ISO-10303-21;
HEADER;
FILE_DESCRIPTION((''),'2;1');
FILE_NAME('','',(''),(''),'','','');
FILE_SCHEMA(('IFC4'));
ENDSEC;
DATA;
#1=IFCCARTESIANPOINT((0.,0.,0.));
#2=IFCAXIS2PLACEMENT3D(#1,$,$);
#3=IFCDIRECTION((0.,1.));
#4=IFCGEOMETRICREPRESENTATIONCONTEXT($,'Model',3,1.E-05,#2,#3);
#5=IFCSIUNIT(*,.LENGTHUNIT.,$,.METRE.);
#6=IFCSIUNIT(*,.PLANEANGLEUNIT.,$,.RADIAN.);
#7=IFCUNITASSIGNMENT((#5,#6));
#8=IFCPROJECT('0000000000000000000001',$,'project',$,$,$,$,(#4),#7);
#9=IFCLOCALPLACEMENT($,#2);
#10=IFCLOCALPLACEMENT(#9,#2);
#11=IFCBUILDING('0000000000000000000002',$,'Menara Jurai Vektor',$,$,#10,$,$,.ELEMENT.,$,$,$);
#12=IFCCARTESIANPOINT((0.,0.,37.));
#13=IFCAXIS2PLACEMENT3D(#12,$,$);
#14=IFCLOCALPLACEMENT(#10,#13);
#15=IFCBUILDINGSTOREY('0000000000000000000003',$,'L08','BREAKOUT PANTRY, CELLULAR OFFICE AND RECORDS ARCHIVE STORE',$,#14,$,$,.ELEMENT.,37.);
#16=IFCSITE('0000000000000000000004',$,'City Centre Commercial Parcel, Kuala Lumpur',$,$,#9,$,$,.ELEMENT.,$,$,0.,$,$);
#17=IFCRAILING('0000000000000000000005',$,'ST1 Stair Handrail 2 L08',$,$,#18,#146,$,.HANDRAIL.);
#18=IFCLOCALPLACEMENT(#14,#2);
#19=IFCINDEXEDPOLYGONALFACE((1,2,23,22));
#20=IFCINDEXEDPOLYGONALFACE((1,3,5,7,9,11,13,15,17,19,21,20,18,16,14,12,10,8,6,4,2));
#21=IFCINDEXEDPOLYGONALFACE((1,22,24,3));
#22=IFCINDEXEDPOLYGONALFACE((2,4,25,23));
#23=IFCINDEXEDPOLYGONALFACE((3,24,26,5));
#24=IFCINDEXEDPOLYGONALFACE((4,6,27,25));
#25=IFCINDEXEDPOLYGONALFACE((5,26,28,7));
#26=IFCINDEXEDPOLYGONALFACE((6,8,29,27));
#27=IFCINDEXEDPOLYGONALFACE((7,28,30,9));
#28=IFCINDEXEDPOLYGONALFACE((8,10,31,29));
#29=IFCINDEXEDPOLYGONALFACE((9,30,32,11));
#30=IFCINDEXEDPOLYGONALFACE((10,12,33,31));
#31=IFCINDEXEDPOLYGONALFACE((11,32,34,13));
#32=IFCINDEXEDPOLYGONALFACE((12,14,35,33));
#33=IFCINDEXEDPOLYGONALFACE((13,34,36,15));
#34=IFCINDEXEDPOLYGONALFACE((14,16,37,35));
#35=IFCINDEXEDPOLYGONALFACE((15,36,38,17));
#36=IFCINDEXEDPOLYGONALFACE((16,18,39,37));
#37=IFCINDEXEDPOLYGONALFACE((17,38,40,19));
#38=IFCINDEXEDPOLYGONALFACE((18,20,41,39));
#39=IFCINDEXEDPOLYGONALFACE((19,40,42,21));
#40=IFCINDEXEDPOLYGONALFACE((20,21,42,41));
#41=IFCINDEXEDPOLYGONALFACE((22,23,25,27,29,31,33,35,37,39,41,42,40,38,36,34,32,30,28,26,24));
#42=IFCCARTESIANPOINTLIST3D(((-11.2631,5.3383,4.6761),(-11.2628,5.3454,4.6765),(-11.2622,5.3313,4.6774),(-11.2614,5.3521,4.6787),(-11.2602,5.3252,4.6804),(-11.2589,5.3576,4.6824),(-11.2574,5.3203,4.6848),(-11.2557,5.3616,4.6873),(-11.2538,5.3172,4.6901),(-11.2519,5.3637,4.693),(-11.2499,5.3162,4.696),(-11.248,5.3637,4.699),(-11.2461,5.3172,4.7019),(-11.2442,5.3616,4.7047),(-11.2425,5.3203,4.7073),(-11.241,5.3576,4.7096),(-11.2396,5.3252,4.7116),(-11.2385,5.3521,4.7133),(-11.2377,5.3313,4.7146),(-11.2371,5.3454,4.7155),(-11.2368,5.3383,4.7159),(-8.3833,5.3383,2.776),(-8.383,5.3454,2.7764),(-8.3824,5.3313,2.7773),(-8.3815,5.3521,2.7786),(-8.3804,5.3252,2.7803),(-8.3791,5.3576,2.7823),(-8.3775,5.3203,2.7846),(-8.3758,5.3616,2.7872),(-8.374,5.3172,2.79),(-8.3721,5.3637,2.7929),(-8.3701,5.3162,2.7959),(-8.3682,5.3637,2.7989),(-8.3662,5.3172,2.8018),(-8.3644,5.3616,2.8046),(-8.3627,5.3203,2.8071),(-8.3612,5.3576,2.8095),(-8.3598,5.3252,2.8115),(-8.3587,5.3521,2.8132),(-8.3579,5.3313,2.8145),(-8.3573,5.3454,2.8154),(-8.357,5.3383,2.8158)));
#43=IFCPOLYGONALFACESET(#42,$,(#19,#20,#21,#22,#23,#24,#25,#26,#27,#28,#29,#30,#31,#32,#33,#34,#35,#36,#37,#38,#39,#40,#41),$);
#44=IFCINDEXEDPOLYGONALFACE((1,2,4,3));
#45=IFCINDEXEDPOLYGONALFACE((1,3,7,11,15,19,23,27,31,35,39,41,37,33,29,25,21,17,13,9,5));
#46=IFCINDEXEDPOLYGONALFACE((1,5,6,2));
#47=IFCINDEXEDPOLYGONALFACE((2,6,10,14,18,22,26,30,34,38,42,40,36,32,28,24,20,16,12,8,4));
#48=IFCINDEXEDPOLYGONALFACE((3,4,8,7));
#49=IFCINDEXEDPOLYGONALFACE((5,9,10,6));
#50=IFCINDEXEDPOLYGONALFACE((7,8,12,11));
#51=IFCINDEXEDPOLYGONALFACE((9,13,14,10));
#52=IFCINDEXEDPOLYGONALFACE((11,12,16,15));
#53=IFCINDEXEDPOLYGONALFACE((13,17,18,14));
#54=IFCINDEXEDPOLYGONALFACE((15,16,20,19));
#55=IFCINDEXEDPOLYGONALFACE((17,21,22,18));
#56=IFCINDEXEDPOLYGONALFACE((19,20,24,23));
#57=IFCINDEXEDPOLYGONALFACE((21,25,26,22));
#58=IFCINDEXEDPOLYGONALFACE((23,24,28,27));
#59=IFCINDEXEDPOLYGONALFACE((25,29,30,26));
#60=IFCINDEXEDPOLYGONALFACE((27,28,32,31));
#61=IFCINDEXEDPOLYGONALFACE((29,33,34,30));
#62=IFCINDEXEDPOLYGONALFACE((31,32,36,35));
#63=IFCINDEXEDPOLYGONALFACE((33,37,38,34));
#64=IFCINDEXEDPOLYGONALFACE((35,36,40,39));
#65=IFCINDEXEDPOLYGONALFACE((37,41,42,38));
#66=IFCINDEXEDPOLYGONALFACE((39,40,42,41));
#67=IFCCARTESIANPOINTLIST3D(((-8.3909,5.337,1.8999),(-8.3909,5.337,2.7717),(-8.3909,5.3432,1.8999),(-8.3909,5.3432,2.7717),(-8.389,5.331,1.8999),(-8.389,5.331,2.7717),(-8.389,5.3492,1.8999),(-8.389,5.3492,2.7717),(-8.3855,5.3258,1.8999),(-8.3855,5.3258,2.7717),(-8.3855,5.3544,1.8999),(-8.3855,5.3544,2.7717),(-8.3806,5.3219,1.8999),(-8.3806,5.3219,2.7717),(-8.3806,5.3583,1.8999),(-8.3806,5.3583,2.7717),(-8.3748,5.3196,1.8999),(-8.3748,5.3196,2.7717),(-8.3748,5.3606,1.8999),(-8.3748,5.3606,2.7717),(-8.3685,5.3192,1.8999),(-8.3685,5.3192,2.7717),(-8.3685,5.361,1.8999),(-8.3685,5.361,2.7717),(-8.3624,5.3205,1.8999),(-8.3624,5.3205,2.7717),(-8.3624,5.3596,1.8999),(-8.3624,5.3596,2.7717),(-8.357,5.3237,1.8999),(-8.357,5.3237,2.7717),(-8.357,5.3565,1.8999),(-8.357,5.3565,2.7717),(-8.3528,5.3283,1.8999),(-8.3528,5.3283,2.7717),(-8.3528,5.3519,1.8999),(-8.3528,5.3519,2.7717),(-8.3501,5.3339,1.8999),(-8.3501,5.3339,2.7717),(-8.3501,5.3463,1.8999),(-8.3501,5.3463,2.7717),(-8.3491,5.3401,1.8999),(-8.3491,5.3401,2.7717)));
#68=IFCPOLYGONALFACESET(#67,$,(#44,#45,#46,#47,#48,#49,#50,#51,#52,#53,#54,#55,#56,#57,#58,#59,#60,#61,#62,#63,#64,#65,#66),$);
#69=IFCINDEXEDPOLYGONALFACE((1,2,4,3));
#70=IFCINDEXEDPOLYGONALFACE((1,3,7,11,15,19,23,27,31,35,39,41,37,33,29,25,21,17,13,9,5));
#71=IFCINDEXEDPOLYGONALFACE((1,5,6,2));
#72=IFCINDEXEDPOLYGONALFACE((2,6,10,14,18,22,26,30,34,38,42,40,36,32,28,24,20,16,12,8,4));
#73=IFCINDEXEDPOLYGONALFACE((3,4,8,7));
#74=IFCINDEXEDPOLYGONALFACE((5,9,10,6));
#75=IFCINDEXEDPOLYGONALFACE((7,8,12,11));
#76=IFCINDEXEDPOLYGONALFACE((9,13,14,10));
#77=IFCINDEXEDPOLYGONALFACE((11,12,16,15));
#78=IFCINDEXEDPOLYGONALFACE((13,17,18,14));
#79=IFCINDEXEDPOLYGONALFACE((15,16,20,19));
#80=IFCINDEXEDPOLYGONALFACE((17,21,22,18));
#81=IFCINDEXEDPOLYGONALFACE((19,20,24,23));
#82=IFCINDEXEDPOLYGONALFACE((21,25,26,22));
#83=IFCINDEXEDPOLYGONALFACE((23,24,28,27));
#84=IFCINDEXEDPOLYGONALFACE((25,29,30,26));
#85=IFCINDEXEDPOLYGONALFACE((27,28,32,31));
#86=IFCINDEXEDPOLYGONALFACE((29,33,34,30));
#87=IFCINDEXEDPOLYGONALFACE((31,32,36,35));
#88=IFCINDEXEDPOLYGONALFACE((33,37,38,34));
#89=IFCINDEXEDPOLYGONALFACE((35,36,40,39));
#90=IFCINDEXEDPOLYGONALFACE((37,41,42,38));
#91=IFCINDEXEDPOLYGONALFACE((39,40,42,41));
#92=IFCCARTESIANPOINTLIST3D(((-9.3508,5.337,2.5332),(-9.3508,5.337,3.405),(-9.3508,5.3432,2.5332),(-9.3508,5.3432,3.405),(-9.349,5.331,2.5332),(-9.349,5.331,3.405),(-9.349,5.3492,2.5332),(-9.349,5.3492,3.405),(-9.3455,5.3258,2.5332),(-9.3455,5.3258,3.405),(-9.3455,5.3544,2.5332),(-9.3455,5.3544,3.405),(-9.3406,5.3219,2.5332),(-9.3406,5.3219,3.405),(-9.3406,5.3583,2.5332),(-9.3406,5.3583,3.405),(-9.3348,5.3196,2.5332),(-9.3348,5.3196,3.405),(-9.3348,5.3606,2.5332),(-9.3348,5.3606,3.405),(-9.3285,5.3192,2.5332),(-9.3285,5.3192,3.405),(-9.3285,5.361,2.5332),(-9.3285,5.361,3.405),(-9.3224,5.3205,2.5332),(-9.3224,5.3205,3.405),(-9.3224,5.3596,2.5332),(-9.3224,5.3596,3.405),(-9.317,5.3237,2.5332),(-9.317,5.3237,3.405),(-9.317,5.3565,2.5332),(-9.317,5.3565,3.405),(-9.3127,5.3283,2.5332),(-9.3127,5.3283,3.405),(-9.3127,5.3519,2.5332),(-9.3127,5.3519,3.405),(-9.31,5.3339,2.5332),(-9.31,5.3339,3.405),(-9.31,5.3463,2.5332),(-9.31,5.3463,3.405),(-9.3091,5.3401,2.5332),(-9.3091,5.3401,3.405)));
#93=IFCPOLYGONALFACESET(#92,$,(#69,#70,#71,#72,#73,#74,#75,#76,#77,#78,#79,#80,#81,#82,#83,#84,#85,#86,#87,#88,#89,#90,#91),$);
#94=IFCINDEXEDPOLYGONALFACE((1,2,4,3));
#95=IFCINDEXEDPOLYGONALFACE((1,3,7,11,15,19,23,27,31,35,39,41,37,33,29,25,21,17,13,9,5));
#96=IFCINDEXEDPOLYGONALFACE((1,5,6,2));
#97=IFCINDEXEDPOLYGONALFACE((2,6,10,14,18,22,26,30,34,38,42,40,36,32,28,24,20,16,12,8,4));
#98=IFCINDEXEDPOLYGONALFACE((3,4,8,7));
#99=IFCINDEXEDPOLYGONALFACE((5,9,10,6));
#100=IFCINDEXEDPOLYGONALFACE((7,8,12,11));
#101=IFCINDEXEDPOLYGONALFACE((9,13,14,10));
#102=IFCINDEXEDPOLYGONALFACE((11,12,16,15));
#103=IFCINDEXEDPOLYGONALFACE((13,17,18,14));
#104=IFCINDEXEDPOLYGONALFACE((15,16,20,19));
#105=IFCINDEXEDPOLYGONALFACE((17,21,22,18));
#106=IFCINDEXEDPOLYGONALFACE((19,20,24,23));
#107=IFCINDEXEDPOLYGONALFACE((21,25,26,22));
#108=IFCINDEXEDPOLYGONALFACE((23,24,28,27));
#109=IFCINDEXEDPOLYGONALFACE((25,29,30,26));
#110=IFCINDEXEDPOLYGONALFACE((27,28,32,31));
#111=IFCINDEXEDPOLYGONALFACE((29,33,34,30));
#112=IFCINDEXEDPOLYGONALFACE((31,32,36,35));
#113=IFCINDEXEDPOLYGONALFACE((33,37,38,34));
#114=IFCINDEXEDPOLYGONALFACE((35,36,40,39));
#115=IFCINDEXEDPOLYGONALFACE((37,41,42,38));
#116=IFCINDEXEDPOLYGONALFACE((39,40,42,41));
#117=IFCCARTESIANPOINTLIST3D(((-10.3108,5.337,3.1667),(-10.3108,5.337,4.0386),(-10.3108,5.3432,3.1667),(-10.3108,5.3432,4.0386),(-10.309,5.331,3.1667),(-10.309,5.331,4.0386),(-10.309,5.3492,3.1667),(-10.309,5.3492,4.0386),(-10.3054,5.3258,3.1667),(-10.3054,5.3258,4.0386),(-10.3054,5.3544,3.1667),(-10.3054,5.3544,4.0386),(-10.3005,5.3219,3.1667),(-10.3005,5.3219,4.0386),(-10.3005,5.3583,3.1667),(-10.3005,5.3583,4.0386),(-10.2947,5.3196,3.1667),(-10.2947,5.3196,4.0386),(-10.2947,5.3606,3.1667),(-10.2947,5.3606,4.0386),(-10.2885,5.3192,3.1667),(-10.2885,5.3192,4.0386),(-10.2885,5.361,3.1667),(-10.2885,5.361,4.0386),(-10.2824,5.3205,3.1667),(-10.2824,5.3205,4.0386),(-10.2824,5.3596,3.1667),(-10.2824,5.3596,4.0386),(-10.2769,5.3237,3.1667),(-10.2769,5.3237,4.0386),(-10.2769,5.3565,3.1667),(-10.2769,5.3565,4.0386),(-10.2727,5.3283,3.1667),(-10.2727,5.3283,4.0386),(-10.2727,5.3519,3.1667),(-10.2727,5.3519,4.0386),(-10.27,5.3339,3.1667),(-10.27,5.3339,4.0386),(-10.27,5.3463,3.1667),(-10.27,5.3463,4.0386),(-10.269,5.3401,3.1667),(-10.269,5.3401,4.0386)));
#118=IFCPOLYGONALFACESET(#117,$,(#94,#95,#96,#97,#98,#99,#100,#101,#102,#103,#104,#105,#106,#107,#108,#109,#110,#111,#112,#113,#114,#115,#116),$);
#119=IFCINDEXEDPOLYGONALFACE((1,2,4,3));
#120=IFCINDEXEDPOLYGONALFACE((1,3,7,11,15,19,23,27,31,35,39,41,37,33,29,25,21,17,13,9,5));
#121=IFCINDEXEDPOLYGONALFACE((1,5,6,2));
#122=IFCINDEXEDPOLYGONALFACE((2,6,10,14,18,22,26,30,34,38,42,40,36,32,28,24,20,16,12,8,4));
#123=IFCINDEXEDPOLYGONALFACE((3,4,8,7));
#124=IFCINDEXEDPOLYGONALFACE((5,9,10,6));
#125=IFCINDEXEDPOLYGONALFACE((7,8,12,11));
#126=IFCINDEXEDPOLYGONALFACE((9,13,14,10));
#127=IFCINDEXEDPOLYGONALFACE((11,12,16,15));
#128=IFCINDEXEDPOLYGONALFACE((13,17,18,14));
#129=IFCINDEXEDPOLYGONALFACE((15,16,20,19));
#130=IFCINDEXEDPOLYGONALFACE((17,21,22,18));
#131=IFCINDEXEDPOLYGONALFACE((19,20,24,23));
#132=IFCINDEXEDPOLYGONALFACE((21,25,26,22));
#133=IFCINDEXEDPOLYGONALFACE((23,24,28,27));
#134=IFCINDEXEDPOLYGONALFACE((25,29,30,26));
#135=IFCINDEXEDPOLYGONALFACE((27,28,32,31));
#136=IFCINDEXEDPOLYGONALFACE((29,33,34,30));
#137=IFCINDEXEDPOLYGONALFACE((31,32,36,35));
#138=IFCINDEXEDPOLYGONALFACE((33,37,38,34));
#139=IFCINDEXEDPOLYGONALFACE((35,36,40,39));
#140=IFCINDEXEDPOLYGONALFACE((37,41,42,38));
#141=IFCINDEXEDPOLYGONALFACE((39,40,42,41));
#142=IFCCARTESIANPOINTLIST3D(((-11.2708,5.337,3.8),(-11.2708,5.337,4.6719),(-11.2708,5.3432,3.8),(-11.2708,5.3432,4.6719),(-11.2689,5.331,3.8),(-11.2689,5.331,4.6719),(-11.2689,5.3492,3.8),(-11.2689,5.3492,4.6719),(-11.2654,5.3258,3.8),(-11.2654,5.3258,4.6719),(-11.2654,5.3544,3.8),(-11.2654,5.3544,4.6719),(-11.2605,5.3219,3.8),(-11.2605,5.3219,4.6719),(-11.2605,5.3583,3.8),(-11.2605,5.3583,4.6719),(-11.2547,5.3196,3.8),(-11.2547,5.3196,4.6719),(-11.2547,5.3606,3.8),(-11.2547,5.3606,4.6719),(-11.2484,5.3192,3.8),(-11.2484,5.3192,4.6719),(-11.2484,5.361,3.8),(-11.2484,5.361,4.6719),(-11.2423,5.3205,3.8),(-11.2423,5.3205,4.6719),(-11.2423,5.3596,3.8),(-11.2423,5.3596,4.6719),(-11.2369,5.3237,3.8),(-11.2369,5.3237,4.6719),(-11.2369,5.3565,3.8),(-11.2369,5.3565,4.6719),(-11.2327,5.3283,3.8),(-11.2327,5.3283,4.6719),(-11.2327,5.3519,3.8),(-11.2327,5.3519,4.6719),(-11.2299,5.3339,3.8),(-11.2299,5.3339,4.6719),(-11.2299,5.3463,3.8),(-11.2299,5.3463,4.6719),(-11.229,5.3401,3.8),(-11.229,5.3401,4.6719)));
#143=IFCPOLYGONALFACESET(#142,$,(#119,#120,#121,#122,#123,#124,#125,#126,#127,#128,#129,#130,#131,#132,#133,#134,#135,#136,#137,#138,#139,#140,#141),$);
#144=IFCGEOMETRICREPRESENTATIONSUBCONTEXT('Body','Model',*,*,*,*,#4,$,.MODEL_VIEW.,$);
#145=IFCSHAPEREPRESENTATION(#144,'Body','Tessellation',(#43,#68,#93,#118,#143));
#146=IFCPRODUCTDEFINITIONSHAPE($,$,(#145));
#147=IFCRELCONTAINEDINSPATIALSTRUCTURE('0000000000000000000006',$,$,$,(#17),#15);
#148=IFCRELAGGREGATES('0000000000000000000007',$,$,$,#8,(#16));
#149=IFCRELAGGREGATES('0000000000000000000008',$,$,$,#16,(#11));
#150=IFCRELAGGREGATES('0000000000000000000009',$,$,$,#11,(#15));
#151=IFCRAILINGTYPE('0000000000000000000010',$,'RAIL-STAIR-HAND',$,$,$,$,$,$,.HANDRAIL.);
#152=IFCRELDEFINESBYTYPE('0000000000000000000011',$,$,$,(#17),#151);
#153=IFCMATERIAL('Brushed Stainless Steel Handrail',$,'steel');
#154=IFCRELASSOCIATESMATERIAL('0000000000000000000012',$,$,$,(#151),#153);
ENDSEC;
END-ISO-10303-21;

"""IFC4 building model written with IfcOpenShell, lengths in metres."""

from ifc_helpers import new_model, si_unit, direction, frame, origin, origin_2d, place, context, subcontext, project, spatial, circle, extrude, material, type_object, element, save


model = new_model("IFC4")

# Units and contexts
model_context = context("Model", 3, precision=1e-05, world=origin(), true_north=direction((0.0, 1.0)))
body_context = subcontext(model_context, "Body", "Model", "MODEL_VIEW")
ifc_project = project(units=[si_unit("LENGTHUNIT", "METRE"), si_unit("PLANEANGLEUNIT", "RADIAN")], contexts=[model_context])

# Site, building, storey
site_placement = place(None, origin())
site = spatial("IfcSite", under=ifc_project, at=site_placement, Name="City Centre Commercial Parcel, Kuala Lumpur", CompositionType="ELEMENT", RefElevation=0.0)
building_placement = place(site_placement, origin())
building = spatial("IfcBuilding", under=site, at=building_placement, Name="Menara Jurai Vektor", CompositionType="ELEMENT")
storey_placement = place(building_placement, frame((0.0, 0.0, 37.0)))
storey = spatial("IfcBuildingStorey", under=building, at=storey_placement, Name="L08", Description="BREAKOUT PANTRY, CELLULAR OFFICE AND RECORDS ARCHIVE STORE", CompositionType="ELEMENT", Elevation=37.0)

# Railing
ifc_material_1 = material(Name="Brushed Stainless Steel Handrail", Category="steel")
railing_type_1 = type_object("IfcRailingType", Name="RAIL-STAIR-HAND", PredefinedType="HANDRAIL", material=ifc_material_1)
railing_1_placement = place(storey_placement, frame((-8.3701, 5.3401, 1.8999)))
element("IfcRailing", 1, at=railing_1_placement, inside=storey, type_object=railing_type_1, Name="ST1 Stair Handrail 2 L08", PredefinedType="HANDRAIL", context=body_context, shape_type="SweptSolid", body=[
    extrude(circle(Radius=0.0239, at=origin_2d()), frame((0.0, 0.0, 0.896), z_axis=(-0.834686, 0.0, 0.550726), x_axis=(0.0, -1.0, 0.0)), (0.0, 0.0, 1.0), 3.4502),
    extrude(circle(Radius=0.021, at=origin_2d()), origin(), (0.0, 0.0, 1.0), 0.8718),
    extrude(circle(Radius=0.021, at=origin_2d()), frame((-0.96, 0.0, 0.6333)), (0.0, 0.0, 1.0), 0.8718),
    extrude(circle(Radius=0.021, at=origin_2d()), frame((-1.9199, 0.0, 1.2668)), (0.0, 0.0, 1.0), 0.8718),
    extrude(circle(Radius=0.021, at=origin_2d()), frame((-2.8799, 0.0, 1.9001)), (0.0, 0.0, 1.0), 0.8718),
])

save(model, "model.ifc")
